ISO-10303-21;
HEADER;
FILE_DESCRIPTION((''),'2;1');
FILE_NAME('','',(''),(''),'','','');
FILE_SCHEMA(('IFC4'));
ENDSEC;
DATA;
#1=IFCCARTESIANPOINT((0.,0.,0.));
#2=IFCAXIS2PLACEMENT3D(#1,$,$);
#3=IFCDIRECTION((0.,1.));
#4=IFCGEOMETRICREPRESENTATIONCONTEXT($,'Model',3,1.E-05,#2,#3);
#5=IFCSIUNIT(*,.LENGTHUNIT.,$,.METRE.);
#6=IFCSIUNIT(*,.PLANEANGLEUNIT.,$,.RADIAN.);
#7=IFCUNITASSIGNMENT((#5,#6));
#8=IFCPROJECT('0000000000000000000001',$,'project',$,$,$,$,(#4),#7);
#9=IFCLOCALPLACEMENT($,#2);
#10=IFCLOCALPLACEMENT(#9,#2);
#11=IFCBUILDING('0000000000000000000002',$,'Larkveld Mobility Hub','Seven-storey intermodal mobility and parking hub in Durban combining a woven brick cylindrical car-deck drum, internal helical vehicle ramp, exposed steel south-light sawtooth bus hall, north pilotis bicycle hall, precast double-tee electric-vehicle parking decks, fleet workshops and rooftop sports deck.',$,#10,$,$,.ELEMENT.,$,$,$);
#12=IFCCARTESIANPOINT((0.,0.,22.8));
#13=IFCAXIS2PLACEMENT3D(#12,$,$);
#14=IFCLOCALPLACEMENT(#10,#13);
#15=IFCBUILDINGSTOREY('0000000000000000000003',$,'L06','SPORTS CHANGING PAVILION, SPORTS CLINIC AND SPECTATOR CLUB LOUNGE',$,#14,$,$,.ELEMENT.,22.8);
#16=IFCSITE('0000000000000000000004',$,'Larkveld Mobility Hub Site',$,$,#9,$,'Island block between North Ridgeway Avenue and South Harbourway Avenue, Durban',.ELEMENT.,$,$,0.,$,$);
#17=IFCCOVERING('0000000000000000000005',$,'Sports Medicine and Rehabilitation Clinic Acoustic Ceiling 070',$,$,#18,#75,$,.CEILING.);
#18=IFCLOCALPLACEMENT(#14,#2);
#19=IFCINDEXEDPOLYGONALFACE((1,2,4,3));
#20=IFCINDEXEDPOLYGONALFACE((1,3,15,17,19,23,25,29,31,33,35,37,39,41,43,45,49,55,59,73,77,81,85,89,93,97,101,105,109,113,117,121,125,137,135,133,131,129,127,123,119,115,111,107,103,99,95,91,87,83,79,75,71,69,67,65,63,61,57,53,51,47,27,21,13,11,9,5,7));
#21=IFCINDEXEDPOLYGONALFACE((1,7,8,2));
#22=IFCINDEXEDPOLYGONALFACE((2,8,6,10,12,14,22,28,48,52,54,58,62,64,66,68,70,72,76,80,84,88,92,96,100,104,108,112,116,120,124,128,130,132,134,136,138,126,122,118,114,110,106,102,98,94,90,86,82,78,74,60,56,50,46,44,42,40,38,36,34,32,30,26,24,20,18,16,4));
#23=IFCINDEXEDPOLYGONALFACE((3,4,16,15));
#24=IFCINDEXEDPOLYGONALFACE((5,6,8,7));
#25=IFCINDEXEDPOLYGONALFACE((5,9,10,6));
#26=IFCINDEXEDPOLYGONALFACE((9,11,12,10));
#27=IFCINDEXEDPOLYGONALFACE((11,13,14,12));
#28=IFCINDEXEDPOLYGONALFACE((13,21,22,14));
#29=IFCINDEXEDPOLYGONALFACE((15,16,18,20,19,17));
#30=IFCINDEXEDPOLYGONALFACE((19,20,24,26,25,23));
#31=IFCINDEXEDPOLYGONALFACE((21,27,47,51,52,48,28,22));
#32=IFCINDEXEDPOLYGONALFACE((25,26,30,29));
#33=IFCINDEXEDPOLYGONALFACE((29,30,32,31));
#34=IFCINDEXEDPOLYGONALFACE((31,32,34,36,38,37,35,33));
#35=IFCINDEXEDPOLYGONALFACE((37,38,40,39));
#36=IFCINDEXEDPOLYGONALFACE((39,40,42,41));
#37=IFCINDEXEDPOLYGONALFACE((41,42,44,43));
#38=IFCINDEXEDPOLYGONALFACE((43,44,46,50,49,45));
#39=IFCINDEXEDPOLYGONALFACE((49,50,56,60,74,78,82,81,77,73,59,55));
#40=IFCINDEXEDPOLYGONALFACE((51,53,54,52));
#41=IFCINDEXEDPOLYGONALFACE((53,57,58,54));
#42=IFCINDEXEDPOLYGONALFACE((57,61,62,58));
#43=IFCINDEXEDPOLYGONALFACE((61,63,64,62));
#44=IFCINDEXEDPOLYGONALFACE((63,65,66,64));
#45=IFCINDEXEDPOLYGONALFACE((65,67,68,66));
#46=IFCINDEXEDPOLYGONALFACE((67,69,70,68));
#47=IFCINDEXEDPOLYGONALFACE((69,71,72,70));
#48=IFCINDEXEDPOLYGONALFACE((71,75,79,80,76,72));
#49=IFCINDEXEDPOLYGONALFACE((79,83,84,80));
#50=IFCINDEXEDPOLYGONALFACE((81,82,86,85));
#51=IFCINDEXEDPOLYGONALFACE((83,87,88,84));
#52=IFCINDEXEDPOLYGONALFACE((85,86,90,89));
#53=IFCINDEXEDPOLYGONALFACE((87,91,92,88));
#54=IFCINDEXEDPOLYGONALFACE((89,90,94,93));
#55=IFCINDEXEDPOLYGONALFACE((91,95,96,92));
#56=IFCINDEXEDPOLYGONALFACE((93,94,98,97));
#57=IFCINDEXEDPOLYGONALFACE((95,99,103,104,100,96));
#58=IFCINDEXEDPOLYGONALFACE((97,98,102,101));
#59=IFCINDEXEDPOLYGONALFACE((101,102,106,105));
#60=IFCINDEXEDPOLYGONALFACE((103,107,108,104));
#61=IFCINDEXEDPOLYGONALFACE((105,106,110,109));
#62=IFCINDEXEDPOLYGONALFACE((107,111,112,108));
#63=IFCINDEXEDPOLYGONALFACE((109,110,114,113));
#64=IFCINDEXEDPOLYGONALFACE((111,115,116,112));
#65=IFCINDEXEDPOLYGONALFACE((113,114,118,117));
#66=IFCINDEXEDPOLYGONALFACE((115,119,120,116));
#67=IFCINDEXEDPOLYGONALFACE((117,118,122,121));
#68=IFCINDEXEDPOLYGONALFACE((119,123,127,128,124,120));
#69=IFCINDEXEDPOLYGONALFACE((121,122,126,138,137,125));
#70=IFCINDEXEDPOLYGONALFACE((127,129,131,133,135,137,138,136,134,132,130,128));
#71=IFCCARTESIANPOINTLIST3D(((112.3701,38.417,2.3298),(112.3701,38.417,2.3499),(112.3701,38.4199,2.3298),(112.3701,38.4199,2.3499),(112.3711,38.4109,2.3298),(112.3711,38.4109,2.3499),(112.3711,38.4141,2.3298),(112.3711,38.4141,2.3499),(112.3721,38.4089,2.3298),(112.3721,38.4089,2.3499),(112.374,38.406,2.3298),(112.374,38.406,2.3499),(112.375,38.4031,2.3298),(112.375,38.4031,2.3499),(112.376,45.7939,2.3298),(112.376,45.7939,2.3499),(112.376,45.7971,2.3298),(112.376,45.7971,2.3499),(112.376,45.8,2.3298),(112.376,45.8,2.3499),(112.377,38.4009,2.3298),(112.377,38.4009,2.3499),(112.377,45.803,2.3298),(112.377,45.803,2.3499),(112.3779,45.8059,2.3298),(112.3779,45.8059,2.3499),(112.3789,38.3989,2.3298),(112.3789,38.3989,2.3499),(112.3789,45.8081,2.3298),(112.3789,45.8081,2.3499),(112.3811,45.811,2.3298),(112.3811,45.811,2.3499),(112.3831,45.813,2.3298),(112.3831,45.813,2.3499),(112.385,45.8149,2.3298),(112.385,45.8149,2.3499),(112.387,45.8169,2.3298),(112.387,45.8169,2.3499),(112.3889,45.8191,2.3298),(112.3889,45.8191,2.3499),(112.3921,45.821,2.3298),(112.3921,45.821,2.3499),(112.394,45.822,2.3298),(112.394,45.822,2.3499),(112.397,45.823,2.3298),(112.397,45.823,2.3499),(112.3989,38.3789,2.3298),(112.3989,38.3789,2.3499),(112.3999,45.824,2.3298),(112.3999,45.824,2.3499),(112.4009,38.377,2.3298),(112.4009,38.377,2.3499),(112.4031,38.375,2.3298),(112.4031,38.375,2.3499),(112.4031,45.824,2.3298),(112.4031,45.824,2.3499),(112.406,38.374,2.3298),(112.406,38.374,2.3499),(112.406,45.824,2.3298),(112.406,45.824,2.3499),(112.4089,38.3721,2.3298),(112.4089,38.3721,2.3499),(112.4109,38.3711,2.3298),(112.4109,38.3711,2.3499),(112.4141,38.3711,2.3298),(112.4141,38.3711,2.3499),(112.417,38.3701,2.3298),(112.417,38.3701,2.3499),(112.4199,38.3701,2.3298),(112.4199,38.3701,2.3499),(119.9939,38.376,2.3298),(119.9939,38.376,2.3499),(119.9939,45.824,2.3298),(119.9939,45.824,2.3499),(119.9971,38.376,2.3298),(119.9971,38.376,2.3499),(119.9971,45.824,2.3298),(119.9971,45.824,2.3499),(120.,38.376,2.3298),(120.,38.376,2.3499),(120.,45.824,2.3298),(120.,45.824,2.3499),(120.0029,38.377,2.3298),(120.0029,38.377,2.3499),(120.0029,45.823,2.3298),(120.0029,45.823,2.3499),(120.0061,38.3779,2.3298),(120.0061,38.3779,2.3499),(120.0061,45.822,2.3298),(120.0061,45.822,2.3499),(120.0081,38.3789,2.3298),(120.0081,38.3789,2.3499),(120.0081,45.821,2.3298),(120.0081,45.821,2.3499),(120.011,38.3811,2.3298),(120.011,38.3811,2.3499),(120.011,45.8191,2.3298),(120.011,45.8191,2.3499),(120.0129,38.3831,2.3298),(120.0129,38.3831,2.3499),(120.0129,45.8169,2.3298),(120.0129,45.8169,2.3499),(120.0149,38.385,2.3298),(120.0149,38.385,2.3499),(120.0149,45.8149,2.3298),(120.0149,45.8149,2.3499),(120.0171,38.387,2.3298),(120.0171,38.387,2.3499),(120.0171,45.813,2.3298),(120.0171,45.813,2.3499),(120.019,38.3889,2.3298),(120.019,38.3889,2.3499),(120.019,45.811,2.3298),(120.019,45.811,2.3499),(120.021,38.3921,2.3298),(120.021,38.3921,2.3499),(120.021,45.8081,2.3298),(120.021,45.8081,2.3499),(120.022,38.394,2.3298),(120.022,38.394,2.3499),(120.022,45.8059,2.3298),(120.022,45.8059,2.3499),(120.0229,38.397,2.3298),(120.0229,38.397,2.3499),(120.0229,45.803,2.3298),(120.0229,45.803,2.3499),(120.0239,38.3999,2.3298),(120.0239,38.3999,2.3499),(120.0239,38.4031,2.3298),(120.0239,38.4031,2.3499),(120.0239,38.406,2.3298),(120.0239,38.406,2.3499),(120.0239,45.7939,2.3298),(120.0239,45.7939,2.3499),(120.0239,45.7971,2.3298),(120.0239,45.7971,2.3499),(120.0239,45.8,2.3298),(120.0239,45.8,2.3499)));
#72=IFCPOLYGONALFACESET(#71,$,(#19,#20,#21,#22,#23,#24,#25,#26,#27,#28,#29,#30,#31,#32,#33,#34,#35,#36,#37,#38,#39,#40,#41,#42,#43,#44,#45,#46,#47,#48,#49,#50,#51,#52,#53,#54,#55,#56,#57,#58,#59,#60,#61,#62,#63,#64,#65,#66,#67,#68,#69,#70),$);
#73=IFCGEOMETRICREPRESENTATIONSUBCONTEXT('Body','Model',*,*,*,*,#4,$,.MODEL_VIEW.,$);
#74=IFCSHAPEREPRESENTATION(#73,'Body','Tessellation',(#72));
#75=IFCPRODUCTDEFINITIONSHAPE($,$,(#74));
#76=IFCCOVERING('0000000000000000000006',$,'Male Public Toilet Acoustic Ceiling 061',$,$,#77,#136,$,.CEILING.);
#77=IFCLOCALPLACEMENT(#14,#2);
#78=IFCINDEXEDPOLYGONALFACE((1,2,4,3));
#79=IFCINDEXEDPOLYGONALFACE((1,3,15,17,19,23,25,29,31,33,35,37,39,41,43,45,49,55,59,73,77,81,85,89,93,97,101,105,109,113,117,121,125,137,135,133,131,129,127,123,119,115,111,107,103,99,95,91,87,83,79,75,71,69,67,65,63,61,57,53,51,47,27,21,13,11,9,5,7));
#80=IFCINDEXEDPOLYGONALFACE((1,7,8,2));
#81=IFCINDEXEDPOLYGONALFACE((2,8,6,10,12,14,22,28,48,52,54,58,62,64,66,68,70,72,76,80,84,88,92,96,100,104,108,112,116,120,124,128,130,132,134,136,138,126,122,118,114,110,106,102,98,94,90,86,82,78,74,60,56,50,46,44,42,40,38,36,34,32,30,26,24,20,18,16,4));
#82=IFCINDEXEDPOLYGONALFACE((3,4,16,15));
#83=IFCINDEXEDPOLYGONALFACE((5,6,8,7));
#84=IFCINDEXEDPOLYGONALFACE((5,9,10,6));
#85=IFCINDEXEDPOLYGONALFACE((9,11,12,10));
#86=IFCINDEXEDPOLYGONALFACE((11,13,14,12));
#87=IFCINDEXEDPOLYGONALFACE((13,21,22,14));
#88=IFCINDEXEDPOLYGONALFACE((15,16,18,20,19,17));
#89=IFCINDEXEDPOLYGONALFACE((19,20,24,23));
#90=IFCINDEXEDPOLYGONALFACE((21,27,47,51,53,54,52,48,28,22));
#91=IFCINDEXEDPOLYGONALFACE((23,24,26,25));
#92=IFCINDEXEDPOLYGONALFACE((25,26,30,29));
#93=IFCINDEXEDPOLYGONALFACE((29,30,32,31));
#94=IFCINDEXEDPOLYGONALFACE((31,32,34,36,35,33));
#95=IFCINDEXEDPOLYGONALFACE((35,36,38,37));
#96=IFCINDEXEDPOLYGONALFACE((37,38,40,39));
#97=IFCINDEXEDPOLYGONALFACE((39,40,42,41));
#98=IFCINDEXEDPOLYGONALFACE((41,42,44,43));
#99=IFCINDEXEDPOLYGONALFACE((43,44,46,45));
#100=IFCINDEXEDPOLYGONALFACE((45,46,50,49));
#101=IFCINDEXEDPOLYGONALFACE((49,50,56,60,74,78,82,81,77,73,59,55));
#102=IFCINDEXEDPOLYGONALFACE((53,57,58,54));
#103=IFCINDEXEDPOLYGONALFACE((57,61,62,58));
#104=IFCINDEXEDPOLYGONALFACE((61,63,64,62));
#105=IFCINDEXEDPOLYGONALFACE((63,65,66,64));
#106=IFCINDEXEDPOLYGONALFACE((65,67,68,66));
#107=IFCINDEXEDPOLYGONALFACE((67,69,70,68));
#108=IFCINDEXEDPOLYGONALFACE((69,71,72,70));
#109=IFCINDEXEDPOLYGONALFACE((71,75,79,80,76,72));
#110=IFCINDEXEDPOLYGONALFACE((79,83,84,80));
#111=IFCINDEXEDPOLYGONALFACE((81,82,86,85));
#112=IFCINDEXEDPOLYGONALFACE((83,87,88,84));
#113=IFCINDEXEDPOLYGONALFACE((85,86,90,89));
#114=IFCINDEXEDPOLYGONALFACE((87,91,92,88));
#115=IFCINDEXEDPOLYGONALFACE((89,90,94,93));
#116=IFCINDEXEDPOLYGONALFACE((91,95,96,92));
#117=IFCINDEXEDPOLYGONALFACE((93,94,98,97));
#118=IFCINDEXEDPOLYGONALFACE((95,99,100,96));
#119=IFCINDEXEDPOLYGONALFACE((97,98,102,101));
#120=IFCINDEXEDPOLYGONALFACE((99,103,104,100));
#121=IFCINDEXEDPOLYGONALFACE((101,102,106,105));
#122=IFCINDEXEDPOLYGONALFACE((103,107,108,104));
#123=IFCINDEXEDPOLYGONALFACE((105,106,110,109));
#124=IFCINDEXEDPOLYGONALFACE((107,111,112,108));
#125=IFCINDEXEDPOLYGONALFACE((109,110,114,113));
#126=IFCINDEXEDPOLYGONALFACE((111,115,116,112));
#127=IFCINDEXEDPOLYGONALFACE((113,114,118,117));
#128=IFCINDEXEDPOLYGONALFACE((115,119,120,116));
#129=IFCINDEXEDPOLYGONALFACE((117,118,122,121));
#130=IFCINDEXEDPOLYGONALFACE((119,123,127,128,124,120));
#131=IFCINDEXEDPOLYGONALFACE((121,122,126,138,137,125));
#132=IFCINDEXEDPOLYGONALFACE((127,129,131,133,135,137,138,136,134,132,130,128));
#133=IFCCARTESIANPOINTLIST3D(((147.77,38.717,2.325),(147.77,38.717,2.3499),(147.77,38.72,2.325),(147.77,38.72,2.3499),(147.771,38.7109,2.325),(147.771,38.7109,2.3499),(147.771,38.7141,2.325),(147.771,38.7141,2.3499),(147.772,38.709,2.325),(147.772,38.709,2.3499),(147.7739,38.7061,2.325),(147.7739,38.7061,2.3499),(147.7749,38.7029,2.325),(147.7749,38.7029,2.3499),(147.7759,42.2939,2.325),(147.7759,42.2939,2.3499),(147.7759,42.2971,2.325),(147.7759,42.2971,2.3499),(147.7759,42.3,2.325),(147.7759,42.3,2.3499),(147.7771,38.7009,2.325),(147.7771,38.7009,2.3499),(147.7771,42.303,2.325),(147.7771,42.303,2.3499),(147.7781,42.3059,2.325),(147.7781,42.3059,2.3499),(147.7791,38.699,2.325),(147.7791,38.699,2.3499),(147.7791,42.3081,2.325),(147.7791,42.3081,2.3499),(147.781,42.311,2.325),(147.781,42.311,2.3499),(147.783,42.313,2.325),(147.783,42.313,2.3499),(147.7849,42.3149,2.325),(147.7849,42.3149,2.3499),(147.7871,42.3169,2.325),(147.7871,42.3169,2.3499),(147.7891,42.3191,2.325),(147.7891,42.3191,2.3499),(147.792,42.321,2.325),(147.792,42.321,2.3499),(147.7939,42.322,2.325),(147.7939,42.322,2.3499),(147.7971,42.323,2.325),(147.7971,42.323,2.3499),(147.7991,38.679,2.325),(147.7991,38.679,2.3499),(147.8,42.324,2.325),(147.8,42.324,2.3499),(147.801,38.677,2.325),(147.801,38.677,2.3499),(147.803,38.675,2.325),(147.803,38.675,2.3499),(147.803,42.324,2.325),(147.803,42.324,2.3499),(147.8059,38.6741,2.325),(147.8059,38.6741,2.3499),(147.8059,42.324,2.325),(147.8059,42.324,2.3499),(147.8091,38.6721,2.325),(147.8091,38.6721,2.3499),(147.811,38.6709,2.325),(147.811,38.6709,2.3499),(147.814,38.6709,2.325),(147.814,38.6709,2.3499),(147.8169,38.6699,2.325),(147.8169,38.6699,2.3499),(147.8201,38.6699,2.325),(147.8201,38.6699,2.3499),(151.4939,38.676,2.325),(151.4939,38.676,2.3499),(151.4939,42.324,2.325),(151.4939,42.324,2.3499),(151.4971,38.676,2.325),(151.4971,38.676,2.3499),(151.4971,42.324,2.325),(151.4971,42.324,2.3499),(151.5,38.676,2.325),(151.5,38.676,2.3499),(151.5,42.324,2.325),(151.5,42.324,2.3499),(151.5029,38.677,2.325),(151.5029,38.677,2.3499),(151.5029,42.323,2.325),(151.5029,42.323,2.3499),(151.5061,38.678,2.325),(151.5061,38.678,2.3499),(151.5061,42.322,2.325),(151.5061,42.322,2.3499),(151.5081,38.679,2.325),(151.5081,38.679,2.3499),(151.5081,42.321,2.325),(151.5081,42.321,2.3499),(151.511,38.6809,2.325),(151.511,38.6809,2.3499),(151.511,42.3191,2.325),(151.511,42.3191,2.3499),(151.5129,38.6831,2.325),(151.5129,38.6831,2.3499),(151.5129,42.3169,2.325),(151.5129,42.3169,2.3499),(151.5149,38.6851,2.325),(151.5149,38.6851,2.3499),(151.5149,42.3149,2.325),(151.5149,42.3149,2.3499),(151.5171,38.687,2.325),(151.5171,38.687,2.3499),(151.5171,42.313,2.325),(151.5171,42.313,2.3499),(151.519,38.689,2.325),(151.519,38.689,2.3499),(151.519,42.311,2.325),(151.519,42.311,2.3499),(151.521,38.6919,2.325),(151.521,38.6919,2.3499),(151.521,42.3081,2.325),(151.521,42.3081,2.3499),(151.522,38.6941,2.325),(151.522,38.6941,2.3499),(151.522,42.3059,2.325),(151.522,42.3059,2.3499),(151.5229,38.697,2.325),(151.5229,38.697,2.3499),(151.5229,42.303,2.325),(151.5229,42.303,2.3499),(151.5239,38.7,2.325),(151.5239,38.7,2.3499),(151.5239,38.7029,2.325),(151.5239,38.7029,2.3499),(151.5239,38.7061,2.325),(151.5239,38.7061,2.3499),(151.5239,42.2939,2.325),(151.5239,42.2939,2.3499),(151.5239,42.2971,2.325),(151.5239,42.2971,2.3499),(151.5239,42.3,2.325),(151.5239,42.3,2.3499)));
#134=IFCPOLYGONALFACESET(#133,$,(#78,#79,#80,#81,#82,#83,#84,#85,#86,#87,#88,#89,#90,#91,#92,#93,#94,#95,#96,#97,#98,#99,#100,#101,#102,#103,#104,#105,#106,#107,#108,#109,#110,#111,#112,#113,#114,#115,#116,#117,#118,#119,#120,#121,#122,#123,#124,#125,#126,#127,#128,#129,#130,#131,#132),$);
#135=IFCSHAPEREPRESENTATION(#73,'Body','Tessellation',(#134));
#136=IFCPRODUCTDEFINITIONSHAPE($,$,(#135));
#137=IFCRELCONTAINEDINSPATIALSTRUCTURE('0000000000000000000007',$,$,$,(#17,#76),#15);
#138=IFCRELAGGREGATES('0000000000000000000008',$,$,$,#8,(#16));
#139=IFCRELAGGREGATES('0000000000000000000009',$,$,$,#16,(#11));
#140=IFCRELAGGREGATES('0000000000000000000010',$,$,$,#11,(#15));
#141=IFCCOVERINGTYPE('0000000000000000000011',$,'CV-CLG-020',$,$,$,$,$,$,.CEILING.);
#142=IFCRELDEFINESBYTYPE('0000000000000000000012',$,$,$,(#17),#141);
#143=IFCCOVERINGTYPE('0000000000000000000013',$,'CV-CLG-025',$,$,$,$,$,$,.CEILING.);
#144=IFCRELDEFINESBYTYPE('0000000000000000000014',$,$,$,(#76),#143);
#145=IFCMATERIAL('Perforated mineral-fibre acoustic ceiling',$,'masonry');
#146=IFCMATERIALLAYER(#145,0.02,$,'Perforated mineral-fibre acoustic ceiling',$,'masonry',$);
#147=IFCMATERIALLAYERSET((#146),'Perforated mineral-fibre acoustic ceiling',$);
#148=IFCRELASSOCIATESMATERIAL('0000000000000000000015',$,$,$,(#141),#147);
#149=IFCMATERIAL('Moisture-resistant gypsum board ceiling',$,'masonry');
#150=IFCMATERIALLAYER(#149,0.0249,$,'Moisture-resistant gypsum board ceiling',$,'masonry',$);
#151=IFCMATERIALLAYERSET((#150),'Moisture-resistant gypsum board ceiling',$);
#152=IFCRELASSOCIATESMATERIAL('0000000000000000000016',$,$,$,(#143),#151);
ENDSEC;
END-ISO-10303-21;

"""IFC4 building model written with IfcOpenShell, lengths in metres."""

from ifc_helpers import new_model, si_unit, direction, frame, origin, place, context, subcontext, project, spatial, polyline, outline, extrude, material, layer, layer_set, type_object, element, save


model = new_model("IFC4")

# Units and contexts
model_context = context("Model", 3, precision=1e-05, world=origin(), true_north=direction((0.0, 1.0)))
body_context = subcontext(model_context, "Body", "Model", "MODEL_VIEW")
ifc_project = project(units=[si_unit("LENGTHUNIT", "METRE"), si_unit("PLANEANGLEUNIT", "RADIAN")], contexts=[model_context])

# Site, building, storey
site_placement = place(None, origin())
site = spatial("IfcSite", under=ifc_project, at=site_placement, Name="Larkveld Mobility Hub Site", LongName="Island block between North Ridgeway Avenue and South Harbourway Avenue, Durban", CompositionType="ELEMENT", RefElevation=0.0)
building_placement = place(site_placement, origin())
building = spatial("IfcBuilding", under=site, at=building_placement, Name="Larkveld Mobility Hub", Description="Seven-storey intermodal mobility and parking hub in Durban combining a woven brick cylindrical car-deck drum, internal helical vehicle ramp, exposed steel south-light sawtooth bus hall, north pilotis bicycle hall, precast double-tee electric-vehicle parking decks, fleet workshops and rooftop sports deck.", CompositionType="ELEMENT")
storey_placement = place(building_placement, frame((0.0, 0.0, 22.8)))
storey = spatial("IfcBuildingStorey", under=building, at=storey_placement, Name="L06", Description="SPORTS CHANGING PAVILION, SPORTS CLINIC AND SPECTATOR CLUB LOUNGE", CompositionType="ELEMENT", Elevation=22.8)

# Coverings
ifc_material_1 = material(Name="Perforated mineral-fibre acoustic ceiling", Category="masonry")
ifc_layer_1 = layer(ifc_material_1, 0.02, Name="Perforated mineral-fibre acoustic ceiling", Category="masonry")
ifc_layer_set_1 = layer_set([ifc_layer_1], Name="Perforated mineral-fibre acoustic ceiling")
covering_type_1 = type_object("IfcCoveringType", Name="CV-CLG-020", PredefinedType="CEILING", material=ifc_layer_set_1)
covering_1_placement = place(storey_placement, frame((0.0, 0.0, 2.3298)))
element("IfcCovering", 1, at=covering_1_placement, inside=storey, type_object=covering_type_1, Name="Sports Medicine and Rehabilitation Clinic Acoustic Ceiling 070", PredefinedType="CEILING", context=body_context, shape_type="SweptSolid", body=[
    extrude(outline(polyline([(112.4199, 38.3701), (112.417, 38.3701), (112.4141, 38.3711), (112.4109, 38.3711), (112.4089, 38.3721), (112.406, 38.374), (112.4031, 38.375), (112.4009, 38.377), (112.3989, 38.3789), (112.3789, 38.3989), (112.377, 38.4009), (112.375, 38.4031), (112.374, 38.406), (112.3721, 38.4089), (112.3711, 38.4109), (112.3711, 38.4141), (112.3701, 38.417), (112.3701, 38.4199), (112.376, 45.7939), (112.376, 45.7971), (112.376, 45.8), (112.377, 45.803), (112.3779, 45.8059), (112.3789, 45.8081), (112.3811, 45.811), (112.3831, 45.813), (112.385, 45.8149), (112.387, 45.8169), (112.3889, 45.8191), (112.3921, 45.821), (112.394, 45.822), (112.397, 45.823), (112.3999, 45.824), (112.4031, 45.824), (112.406, 45.824), (119.9939, 45.824), (119.9971, 45.824), (120.0, 45.824), (120.0029, 45.823), (120.0061, 45.822), (120.0081, 45.821), (120.011, 45.8191), (120.0129, 45.8169), (120.0149, 45.8149), (120.0171, 45.813), (120.019, 45.811), (120.021, 45.8081), (120.022, 45.8059), (120.0229, 45.803), (120.0239, 45.8), (120.0239, 45.7971), (120.0239, 45.7939), (120.0239, 38.406), (120.0239, 38.4031), (120.0239, 38.3999), (120.0229, 38.397), (120.022, 38.394), (120.021, 38.3921), (120.019, 38.3889), (120.0171, 38.387), (120.0149, 38.385), (120.0129, 38.3831), (120.011, 38.3811), (120.0081, 38.3789), (120.0061, 38.3779), (120.0029, 38.377), (120.0, 38.376), (119.9971, 38.376), (119.9939, 38.376), (112.4199, 38.3701)])), origin(), (0.0, 0.0, 1.0), 0.02),
])
ifc_material_2 = material(Name="Moisture-resistant gypsum board ceiling", Category="masonry")
ifc_layer_2 = layer(ifc_material_2, 0.0249, Name="Moisture-resistant gypsum board ceiling", Category="masonry")
ifc_layer_set_2 = layer_set([ifc_layer_2], Name="Moisture-resistant gypsum board ceiling")
covering_type_2 = type_object("IfcCoveringType", Name="CV-CLG-025", PredefinedType="CEILING", material=ifc_layer_set_2)
covering_2_placement = place(storey_placement, frame((0.0, 0.0, 2.325)))
element("IfcCovering", 2, at=covering_2_placement, inside=storey, type_object=covering_type_2, Name="Male Public Toilet Acoustic Ceiling 061", PredefinedType="CEILING", context=body_context, shape_type="SweptSolid", body=[
    extrude(outline(polyline([(147.8201, 38.6699), (147.8169, 38.6699), (147.814, 38.6709), (147.811, 38.6709), (147.8091, 38.6721), (147.8059, 38.6741), (147.803, 38.675), (147.801, 38.677), (147.7991, 38.679), (147.7791, 38.699), (147.7771, 38.7009), (147.7749, 38.7029), (147.7739, 38.7061), (147.772, 38.709), (147.771, 38.7109), (147.771, 38.7141), (147.77, 38.717), (147.77, 38.72), (147.7759, 42.2939), (147.7759, 42.2971), (147.7759, 42.3), (147.7771, 42.303), (147.7781, 42.3059), (147.7791, 42.3081), (147.781, 42.311), (147.783, 42.313), (147.7849, 42.3149), (147.7871, 42.3169), (147.7891, 42.3191), (147.792, 42.321), (147.7939, 42.322), (147.7971, 42.323), (147.8, 42.324), (147.803, 42.324), (147.8059, 42.324), (151.4939, 42.324), (151.4971, 42.324), (151.5, 42.324), (151.5029, 42.323), (151.5061, 42.322), (151.5081, 42.321), (151.511, 42.3191), (151.5129, 42.3169), (151.5149, 42.3149), (151.5171, 42.313), (151.519, 42.311), (151.521, 42.3081), (151.522, 42.3059), (151.5229, 42.303), (151.5239, 42.3), (151.5239, 42.2971), (151.5239, 42.2939), (151.5239, 38.7061), (151.5239, 38.7029), (151.5239, 38.7), (151.5229, 38.697), (151.522, 38.6941), (151.521, 38.6919), (151.519, 38.689), (151.5171, 38.687), (151.5149, 38.6851), (151.5129, 38.6831), (151.511, 38.6809), (151.5081, 38.679), (151.5061, 38.678), (151.5029, 38.677), (151.5, 38.676), (151.4971, 38.676), (151.4939, 38.676), (147.8201, 38.6699)])), origin(), (0.0, 0.0, 1.0), 0.0249),
])

save(model, "model.ifc")
